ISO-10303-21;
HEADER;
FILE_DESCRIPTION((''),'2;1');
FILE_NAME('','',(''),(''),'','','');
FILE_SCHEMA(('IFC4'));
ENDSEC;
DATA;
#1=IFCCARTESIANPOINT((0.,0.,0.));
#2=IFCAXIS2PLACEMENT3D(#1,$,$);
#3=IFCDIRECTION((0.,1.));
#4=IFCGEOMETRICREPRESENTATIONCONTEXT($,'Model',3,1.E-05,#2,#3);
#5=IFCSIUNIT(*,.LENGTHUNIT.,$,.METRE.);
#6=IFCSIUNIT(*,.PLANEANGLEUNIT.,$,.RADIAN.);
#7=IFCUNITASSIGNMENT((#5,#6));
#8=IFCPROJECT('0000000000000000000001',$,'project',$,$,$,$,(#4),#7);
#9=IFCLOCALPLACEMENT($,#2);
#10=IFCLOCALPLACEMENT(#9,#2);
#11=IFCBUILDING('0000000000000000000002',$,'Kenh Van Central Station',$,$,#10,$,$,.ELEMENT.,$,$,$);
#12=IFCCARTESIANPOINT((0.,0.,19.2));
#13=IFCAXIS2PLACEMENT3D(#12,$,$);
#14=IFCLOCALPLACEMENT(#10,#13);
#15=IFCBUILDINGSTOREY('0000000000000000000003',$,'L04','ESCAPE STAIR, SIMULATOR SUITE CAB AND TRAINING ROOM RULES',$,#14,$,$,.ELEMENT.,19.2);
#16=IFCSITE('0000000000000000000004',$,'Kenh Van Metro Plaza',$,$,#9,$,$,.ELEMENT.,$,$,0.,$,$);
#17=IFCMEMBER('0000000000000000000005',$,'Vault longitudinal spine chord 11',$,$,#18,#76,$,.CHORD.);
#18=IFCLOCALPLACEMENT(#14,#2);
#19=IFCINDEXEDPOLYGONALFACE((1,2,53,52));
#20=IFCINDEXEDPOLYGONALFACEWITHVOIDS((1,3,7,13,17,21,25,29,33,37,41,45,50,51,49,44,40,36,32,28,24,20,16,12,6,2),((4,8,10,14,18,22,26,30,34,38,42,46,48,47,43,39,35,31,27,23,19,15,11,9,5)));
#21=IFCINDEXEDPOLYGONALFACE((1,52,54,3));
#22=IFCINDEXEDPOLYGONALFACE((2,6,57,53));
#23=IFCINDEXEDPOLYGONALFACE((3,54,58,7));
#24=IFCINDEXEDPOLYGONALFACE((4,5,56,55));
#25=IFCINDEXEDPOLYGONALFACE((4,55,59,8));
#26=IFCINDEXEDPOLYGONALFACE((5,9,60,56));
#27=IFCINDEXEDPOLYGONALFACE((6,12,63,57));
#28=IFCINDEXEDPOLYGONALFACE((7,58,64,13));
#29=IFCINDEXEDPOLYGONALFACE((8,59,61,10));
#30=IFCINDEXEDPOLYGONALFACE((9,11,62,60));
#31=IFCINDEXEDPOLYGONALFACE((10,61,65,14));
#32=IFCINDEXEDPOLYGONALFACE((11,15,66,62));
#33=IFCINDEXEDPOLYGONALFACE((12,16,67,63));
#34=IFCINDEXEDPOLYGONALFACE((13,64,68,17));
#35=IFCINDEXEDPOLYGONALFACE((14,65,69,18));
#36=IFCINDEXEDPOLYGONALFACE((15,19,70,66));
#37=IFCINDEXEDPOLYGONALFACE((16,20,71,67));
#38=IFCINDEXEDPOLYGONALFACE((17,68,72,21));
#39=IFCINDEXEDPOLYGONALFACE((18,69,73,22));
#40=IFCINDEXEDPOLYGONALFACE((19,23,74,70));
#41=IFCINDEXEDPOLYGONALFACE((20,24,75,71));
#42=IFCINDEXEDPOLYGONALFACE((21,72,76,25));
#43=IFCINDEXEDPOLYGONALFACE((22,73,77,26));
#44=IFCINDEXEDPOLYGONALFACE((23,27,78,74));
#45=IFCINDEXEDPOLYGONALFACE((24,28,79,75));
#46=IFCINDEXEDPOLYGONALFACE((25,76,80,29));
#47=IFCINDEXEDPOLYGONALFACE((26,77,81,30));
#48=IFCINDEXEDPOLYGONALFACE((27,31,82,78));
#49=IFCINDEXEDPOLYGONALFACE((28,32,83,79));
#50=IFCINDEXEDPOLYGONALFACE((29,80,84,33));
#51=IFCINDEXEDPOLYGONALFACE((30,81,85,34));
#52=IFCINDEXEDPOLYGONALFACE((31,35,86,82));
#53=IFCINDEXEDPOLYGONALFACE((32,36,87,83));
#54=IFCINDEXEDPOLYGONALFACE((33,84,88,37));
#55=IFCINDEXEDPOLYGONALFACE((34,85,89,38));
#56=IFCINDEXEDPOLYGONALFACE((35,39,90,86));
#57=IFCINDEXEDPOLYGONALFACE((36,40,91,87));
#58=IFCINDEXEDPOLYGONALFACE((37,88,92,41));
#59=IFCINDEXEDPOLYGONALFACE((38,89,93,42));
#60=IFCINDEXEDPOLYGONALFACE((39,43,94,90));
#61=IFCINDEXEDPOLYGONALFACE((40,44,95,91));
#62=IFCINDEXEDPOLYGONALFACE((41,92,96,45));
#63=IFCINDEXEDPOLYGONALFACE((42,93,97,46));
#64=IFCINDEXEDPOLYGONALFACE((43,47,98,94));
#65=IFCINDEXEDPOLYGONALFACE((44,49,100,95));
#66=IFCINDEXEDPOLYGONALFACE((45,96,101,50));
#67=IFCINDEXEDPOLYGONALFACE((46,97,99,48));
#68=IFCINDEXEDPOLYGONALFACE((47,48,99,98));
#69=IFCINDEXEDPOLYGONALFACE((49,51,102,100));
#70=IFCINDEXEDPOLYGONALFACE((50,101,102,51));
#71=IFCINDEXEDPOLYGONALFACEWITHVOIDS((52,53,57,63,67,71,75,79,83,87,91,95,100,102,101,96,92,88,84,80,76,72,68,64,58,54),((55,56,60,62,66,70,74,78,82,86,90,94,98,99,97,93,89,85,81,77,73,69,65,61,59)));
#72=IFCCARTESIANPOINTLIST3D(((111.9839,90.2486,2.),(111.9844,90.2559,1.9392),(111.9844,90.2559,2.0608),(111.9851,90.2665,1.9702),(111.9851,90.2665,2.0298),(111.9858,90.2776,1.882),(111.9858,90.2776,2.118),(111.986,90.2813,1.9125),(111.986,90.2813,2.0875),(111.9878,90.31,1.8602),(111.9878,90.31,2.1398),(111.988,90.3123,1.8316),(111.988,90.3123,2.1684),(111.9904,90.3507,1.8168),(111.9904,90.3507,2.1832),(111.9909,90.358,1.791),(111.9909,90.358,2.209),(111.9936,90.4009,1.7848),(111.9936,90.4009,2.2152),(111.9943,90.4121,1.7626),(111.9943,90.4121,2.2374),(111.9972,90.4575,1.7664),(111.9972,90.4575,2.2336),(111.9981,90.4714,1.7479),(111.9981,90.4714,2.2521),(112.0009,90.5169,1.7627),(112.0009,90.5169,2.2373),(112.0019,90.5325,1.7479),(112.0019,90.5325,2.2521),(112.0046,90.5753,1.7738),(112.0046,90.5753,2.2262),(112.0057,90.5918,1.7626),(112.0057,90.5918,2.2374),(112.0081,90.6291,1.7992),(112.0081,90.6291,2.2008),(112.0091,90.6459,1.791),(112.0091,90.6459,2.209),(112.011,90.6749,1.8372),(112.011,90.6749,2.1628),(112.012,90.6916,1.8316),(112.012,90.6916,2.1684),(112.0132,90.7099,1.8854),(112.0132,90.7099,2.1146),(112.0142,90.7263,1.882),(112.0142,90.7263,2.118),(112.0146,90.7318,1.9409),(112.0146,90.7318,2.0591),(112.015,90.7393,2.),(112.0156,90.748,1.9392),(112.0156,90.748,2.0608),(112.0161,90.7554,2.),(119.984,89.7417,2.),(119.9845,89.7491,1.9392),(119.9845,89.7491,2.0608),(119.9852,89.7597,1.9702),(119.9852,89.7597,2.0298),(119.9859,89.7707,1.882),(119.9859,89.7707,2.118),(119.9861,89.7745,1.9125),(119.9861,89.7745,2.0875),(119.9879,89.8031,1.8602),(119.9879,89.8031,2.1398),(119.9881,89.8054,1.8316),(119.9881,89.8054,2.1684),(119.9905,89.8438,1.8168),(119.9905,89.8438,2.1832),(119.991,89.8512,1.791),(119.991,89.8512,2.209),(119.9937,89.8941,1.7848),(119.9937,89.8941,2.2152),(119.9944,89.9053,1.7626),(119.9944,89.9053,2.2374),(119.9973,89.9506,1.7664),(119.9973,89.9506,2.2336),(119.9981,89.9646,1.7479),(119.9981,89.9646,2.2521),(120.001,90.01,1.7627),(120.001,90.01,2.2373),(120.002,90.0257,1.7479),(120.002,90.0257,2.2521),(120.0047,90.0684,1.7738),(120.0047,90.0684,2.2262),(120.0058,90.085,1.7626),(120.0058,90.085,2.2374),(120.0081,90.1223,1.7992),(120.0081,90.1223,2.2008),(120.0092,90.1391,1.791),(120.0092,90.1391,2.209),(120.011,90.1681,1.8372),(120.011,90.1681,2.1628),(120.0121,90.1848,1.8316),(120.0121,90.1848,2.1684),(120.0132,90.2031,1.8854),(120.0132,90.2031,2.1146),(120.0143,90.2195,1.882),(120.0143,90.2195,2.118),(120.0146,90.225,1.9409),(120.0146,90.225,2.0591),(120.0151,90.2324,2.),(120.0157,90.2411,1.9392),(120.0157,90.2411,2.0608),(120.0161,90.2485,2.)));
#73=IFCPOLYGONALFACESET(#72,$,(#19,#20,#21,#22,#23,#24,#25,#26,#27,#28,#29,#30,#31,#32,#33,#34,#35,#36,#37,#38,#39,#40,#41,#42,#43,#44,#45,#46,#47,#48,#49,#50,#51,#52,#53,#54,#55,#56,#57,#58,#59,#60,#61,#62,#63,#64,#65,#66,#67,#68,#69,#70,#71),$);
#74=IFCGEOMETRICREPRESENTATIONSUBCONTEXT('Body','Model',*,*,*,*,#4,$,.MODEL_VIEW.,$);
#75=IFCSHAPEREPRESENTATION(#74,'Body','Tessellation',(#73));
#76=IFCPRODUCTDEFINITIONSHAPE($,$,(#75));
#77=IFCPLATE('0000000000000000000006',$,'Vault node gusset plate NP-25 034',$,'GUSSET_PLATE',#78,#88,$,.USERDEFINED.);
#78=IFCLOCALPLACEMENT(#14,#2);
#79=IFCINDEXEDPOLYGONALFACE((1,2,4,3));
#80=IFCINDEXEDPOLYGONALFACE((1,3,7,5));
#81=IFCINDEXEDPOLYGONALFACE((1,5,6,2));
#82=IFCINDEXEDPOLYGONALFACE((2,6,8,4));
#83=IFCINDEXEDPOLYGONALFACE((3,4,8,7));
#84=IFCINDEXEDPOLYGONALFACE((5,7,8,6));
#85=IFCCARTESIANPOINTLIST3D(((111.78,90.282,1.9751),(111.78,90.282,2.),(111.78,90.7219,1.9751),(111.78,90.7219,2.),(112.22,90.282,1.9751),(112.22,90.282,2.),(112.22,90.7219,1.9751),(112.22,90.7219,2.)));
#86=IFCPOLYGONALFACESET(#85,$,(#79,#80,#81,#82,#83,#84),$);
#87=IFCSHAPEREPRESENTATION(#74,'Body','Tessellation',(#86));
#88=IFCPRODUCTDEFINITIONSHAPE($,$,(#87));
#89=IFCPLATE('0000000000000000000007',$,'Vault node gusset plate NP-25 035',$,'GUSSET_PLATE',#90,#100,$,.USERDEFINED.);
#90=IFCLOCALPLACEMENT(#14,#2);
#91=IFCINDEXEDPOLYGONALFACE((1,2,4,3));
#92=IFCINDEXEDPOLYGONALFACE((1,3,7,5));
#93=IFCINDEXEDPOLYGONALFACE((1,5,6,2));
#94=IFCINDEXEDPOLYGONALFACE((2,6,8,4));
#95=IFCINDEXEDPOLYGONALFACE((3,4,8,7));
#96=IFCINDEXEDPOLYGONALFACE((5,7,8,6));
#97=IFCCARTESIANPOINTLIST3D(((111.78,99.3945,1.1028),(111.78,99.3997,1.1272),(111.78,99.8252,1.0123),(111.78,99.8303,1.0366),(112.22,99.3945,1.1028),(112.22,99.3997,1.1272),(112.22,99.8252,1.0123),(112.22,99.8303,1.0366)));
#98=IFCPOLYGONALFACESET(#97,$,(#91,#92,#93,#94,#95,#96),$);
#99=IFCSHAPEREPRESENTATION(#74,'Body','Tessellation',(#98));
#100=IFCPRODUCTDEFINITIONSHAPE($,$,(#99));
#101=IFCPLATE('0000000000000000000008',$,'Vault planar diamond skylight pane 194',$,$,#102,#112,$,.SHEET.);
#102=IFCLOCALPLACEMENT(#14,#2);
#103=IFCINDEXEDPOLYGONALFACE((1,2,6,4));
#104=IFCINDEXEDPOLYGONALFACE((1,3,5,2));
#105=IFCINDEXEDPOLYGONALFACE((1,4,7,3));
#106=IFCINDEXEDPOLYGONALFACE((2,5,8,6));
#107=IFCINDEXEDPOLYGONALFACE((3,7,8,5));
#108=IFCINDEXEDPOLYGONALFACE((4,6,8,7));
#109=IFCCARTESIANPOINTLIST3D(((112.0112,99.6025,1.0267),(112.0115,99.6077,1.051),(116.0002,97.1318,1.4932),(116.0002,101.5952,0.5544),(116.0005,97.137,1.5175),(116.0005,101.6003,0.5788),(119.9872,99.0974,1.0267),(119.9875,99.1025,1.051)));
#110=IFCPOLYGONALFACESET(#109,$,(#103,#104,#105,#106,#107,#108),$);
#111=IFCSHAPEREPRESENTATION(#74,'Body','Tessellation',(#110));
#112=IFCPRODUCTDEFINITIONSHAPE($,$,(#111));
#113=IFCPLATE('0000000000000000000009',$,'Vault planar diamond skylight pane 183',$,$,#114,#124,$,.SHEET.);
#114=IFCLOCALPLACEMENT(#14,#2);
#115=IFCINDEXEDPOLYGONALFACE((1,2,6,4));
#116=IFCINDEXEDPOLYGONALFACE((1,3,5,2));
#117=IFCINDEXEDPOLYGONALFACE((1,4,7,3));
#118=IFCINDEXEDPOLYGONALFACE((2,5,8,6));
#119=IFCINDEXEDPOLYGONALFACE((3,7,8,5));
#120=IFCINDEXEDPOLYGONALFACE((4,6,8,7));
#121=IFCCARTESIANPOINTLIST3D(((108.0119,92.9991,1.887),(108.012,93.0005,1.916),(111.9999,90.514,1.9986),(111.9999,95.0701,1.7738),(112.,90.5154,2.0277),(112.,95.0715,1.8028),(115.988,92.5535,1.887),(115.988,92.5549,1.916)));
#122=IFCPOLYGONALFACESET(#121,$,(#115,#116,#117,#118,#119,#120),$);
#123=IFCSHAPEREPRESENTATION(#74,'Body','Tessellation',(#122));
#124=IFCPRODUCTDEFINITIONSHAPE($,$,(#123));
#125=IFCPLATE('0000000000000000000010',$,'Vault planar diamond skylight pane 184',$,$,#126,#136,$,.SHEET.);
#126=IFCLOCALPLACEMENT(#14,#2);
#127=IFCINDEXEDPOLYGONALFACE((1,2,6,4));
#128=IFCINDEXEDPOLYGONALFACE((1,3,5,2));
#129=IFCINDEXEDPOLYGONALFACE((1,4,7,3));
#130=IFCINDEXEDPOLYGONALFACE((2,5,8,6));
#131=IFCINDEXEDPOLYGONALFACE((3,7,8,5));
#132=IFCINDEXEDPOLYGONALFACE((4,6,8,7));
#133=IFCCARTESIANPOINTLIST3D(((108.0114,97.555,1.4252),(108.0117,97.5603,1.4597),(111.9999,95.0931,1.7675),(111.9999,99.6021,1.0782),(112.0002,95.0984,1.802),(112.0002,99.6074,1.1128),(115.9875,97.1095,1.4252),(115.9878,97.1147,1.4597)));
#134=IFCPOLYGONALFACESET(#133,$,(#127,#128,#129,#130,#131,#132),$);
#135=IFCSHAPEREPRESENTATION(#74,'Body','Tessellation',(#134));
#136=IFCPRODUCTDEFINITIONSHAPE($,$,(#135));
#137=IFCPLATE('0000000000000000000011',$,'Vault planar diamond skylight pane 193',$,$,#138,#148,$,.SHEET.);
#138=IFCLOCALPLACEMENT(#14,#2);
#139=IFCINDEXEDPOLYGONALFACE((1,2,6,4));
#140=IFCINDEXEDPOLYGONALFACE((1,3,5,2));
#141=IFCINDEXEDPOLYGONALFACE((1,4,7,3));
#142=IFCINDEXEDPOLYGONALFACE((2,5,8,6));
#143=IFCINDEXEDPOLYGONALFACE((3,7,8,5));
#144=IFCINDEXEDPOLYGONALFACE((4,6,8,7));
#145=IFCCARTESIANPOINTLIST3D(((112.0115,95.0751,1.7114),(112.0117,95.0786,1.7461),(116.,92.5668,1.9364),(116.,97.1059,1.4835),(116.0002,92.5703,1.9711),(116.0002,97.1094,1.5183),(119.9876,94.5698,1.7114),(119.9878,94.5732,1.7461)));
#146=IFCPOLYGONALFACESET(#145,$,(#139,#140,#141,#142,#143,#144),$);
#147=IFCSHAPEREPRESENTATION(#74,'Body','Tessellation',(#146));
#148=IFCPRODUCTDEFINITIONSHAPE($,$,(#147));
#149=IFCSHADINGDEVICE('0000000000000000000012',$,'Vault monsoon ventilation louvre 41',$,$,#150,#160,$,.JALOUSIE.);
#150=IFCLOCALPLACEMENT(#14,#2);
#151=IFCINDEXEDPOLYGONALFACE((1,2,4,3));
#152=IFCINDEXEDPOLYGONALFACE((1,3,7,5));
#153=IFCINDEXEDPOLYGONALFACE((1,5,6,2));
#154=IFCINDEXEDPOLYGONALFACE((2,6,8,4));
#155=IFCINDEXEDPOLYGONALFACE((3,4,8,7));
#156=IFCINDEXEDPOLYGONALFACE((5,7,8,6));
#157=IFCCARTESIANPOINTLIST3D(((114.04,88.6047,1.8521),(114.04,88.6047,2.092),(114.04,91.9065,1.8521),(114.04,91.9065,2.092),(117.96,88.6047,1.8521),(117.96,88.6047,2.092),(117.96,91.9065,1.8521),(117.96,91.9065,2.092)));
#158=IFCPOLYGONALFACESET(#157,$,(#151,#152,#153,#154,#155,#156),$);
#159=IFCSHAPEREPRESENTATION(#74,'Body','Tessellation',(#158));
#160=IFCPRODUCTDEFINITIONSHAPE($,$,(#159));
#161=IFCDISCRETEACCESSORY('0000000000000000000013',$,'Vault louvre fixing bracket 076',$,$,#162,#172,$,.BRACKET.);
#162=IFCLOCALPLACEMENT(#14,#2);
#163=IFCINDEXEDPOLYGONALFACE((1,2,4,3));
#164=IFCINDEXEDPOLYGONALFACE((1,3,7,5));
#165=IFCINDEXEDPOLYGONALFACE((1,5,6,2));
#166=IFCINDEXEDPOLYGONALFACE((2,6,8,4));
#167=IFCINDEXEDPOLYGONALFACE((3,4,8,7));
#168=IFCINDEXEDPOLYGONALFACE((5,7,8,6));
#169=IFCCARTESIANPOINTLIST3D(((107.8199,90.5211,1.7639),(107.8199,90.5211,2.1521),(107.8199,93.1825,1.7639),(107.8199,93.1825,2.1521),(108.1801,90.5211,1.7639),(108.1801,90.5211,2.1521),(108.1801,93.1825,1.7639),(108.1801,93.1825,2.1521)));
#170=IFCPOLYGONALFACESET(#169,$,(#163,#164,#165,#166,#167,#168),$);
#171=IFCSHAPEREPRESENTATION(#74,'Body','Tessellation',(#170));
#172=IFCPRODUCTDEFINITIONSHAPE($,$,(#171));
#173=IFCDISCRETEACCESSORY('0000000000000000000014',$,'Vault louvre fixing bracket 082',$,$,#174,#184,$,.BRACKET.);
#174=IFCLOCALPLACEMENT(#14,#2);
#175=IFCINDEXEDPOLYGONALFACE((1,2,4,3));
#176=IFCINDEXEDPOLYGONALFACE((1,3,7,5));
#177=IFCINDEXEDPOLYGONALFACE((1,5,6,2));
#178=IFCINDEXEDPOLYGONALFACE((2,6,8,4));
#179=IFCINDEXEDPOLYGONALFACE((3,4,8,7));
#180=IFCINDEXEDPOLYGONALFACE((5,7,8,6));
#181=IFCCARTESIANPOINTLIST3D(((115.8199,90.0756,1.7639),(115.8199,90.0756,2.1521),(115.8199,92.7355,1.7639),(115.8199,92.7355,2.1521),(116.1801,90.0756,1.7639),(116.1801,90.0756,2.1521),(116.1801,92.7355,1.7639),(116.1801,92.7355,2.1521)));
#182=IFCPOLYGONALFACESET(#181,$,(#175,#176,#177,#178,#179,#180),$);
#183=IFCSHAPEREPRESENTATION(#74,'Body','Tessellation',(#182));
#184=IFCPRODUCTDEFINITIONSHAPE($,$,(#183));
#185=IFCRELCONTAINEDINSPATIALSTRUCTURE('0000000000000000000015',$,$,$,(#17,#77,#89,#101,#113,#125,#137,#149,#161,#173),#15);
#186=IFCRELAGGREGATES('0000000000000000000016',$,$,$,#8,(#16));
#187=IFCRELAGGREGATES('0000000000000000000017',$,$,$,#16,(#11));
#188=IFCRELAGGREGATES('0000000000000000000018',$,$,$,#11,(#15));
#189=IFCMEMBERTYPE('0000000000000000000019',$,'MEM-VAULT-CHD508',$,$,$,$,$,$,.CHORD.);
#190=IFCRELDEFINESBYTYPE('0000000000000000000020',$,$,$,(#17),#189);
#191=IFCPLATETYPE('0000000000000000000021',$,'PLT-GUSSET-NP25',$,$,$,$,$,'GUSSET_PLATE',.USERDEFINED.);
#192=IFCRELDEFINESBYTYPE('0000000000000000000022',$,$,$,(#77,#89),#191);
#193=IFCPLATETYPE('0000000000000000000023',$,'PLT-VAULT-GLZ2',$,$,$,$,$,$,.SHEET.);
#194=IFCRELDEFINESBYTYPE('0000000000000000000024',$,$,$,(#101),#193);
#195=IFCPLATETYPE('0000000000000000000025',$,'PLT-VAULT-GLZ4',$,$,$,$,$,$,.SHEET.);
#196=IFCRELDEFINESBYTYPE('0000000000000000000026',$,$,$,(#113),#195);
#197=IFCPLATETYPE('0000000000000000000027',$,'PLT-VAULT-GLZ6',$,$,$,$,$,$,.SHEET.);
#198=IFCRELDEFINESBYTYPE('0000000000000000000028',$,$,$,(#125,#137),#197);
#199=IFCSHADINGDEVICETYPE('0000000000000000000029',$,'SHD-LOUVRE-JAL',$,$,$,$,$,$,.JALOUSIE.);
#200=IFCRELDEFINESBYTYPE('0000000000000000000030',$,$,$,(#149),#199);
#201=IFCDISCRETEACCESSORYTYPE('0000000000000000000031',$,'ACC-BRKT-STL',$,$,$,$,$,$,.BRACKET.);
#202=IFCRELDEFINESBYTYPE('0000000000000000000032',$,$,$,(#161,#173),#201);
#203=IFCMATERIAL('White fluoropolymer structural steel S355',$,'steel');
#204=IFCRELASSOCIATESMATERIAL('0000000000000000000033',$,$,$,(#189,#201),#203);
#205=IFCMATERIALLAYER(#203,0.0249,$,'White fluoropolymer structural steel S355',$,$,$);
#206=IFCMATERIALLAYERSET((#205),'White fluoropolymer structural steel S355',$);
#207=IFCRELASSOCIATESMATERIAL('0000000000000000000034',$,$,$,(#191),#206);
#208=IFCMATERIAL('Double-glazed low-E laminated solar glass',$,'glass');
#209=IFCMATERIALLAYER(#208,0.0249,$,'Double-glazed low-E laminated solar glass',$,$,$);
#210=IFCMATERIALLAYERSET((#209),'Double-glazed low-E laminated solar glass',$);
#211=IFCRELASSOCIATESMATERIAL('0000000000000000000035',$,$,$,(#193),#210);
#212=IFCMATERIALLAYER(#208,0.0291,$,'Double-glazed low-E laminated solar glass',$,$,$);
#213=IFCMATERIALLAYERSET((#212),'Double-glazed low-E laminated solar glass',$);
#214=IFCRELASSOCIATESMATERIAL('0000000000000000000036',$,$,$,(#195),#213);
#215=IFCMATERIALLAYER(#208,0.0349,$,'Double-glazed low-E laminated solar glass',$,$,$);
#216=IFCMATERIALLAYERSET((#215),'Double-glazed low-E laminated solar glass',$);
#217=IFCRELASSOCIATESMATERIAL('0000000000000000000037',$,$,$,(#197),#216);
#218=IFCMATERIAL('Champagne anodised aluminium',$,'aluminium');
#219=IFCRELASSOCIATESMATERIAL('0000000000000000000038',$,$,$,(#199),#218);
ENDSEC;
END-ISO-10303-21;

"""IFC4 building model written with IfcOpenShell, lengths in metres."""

from ifc_helpers import new_model, si_unit, direction, frame, origin, origin_2d, place, context, subcontext, project, spatial, polyline, rectangle, hollow_circle, outline, extrude, material, layer, layer_set, material_profile, profile_set, type_object, element, save


model = new_model("IFC4")

# Units and contexts
model_context = context("Model", 3, precision=1e-05, world=origin(), true_north=direction((0.0, 1.0)))
body_context = subcontext(model_context, "Body", "Model", "MODEL_VIEW")
ifc_project = project(units=[si_unit("LENGTHUNIT", "METRE"), si_unit("PLANEANGLEUNIT", "RADIAN")], contexts=[model_context])

# Site, building, storey
site_placement = place(None, origin())
site = spatial("IfcSite", under=ifc_project, at=site_placement, Name="Kenh Van Metro Plaza", CompositionType="ELEMENT", RefElevation=0.0)
building_placement = place(site_placement, origin())
building = spatial("IfcBuilding", under=site, at=building_placement, Name="Kenh Van Central Station", CompositionType="ELEMENT")
storey_placement = place(building_placement, frame((0.0, 0.0, 19.2)))
storey = spatial("IfcBuildingStorey", under=building, at=storey_placement, Name="L04", Description="ESCAPE STAIR, SIMULATOR SUITE CAB AND TRAINING ROOM RULES", CompositionType="ELEMENT", Elevation=19.2)

# Shared definitions
ifc_material_1 = material(Name="White fluoropolymer structural steel S355", Category="steel")

# Member
ifc_material_profile_1 = material_profile(ifc_material_1, hollow_circle(Radius=0.2539, WallThickness=0.0161, at=origin_2d()), Name="CHS 508x16")
ifc_profile_set_1 = profile_set([ifc_material_profile_1], Name="White fluoropolymer structural steel S355")
member_type_1 = type_object("IfcMemberType", Name="MEM-VAULT-CHD508", PredefinedType="CHORD", material=ifc_profile_set_1)
member_1_placement = place(storey_placement, frame((112.0, 90.502, 2.0), z_axis=(0.997999, -0.063228, 0.0), x_axis=(0.063228, 0.997999, 0.0)))
element("IfcMember", 1, at=member_1_placement, inside=storey, type_object=member_type_1, Name="Vault longitudinal spine chord 11", PredefinedType="CHORD", context=body_context, shape_type="SweptSolid", body=[
    extrude(hollow_circle(Radius=0.2539, WallThickness=0.0161, at=origin_2d()), origin(), (0.0, 0.0, 1.0), 8.0161),
])

# Plates
ifc_layer_1 = layer(ifc_material_1, 0.0249, Name="White fluoropolymer structural steel S355")
ifc_layer_set_1 = layer_set([ifc_layer_1], Name="White fluoropolymer structural steel S355")
plate_type_1 = type_object("IfcPlateType", Name="PLT-GUSSET-NP25", ElementType="GUSSET_PLATE", PredefinedType="USERDEFINED", material=ifc_layer_set_1)
plate_1_placement = place(storey_placement, frame((111.78, 90.282, 2.0), z_axis=(0.0, 0.0, 1.0), x_axis=(1.0, 0.0, 0.0)))
element("IfcPlate", 2, at=plate_1_placement, inside=storey, type_object=plate_type_1, Name="Vault node gusset plate NP-25 034", ObjectType="GUSSET_PLATE", PredefinedType="USERDEFINED", context=body_context, shape_type="SweptSolid", body=[
    extrude(outline(polyline([(0.0, 0.0), (0.4399, 0.0), (0.4399, 0.4399), (0.0, 0.4399), (0.0, 0.0)])), origin(), (0.0, 0.0, -1.0), 0.0249),
])
plate_2_placement = place(storey_placement, frame((111.78, 99.3997, 1.1272), z_axis=(0.0, 0.205815, 0.978591), x_axis=(1.0, 0.0, 0.0)))
element("IfcPlate", 3, at=plate_2_placement, inside=storey, type_object=plate_type_1, Name="Vault node gusset plate NP-25 035", ObjectType="GUSSET_PLATE", PredefinedType="USERDEFINED", context=body_context, shape_type="SweptSolid", body=[
    extrude(outline(polyline([(0.0, 0.0), (0.4399, 0.0), (0.4399, 0.4401), (0.0, 0.4401), (0.0, 0.0)])), origin(), (0.0, 0.0, -1.0), 0.0249),
])
ifc_material_2 = material(Name="Double-glazed low-E laminated solar glass", Category="glass")
ifc_layer_2 = layer(ifc_material_2, 0.0249, Name="Double-glazed low-E laminated solar glass")
ifc_layer_set_2 = layer_set([ifc_layer_2], Name="Double-glazed low-E laminated solar glass")
plate_type_2 = type_object("IfcPlateType", Name="PLT-VAULT-GLZ2", PredefinedType="SHEET", material=ifc_layer_set_2)
plate_3_placement = place(storey_placement, frame((112.0115, 99.6077, 1.051), z_axis=(0.013033, 0.205796, 0.978508), x_axis=(0.845968, -0.523976, 0.098933)))
element("IfcPlate", 4, at=plate_3_placement, inside=storey, type_object=plate_type_2, Name="Vault planar diamond skylight pane 194", PredefinedType="SHEET", context=body_context, shape_type="SweptSolid", body=[
    extrude(outline(polyline([(0.0, 0.0), (4.7153, 0.0), (7.0122, 3.8344), (2.2838, 3.8588), (0.0, 0.0)])), origin(), (0.0, 0.0, -1.0), 0.0249),
])
ifc_layer_3 = layer(ifc_material_2, 0.0291, Name="Double-glazed low-E laminated solar glass")
ifc_layer_set_3 = layer_set([ifc_layer_3], Name="Double-glazed low-E laminated solar glass")
plate_type_3 = type_object("IfcPlateType", Name="PLT-VAULT-GLZ4", PredefinedType="SHEET", material=ifc_layer_set_3)
plate_4_placement = place(storey_placement, frame((108.012, 93.0005, 1.916), z_axis=(0.002754, 0.049291, 0.998781), x_axis=(0.848468, -0.528714, 0.023754)))
element("IfcPlate", 5, at=plate_4_placement, inside=storey, type_object=plate_type_3, Name="Vault planar diamond skylight pane 183", PredefinedType="SHEET", context=body_context, shape_type="SweptSolid", body=[
    extrude(outline(polyline([(0.0, 0.0), (4.7003, 0.0), (7.003, 3.8437), (2.286, 3.8705), (0.0, 0.0)])), origin(), (0.0, 0.0, -1.0), 0.0291),
])
ifc_layer_4 = layer(ifc_material_2, 0.0349, Name="Double-glazed low-E laminated solar glass")
ifc_layer_set_4 = layer_set([ifc_layer_4], Name="Double-glazed low-E laminated solar glass")
plate_type_4 = type_object("IfcPlateType", Name="PLT-VAULT-GLZ6", PredefinedType="SHEET", material=ifc_layer_set_4)
plate_5_placement = place(storey_placement, frame((108.0117, 97.5603, 1.4597), z_axis=(0.00844, 0.15109, 0.988484), x_axis=(0.848689, -0.523854, 0.072825)))
element("IfcPlate", 6, at=plate_5_placement, inside=storey, type_object=plate_type_4, Name="Vault planar diamond skylight pane 184", PredefinedType="SHEET", context=body_context, shape_type="SweptSolid", body=[
    extrude(outline(polyline([(0.0, 0.0), (4.6996, 0.0), (7.0026, 3.8444), (2.2874, 3.8714), (0.0, 0.0)])), origin(), (0.0, 0.0, -1.0), 0.0349),
])
plate_6_placement = place(storey_placement, frame((112.0117, 95.0786, 1.7461), z_axis=(0.00629, 0.099279, 0.99504), x_axis=(0.845555, -0.531753, 0.04771)))
element("IfcPlate", 7, at=plate_6_placement, inside=storey, type_object=plate_type_4, Name="Vault planar diamond skylight pane 193", PredefinedType="SHEET", context=body_context, shape_type="SweptSolid", body=[
    extrude(outline(polyline([(0.0, 0.0), (4.7171, 0.0), (7.0129, 3.833), (2.2818, 3.8572), (0.0, 0.0)])), origin(), (0.0, 0.0, -1.0), 0.0349),
])

# Shading device
ifc_material_3 = material(Name="Champagne anodised aluminium", Category="aluminium")
shading_device_type = type_object("IfcShadingDeviceType", Name="SHD-LOUVRE-JAL", PredefinedType="JALOUSIE", material=ifc_material_3)
shading_device_placement = place(storey_placement, frame((116.0, 90.2556, 1.8521), z_axis=(0.0, 0.0, 1.0), x_axis=(1.0, 0.0, 0.0)))
element("IfcShadingDevice", 8, at=shading_device_placement, inside=storey, type_object=shading_device_type, Name="Vault monsoon ventilation louvre 41", PredefinedType="JALOUSIE", context=body_context, shape_type="SweptSolid", body=[
    extrude(rectangle(XDim=3.9199, YDim=3.3018, at=origin_2d()), origin(), (0.0, 0.0, 1.0), 0.24),
])

# Discrete accessories
discrete_accessory_type_1 = type_object("IfcDiscreteAccessoryType", Name="ACC-BRKT-STL", PredefinedType="BRACKET", material=ifc_material_1)
discrete_accessory_1_placement = place(storey_placement, frame((108.0, 91.8518, 1.7639), z_axis=(0.0, 0.0, 1.0), x_axis=(1.0, 0.0, 0.0)))
element("IfcDiscreteAccessory", 9, at=discrete_accessory_1_placement, inside=storey, type_object=discrete_accessory_type_1, Name="Vault louvre fixing bracket 076", PredefinedType="BRACKET", context=body_context, shape_type="SweptSolid", body=[
    extrude(rectangle(XDim=0.3601, YDim=2.6614, at=origin_2d()), origin(), (0.0, 0.0, 1.0), 0.3882),
])
discrete_accessory_2_placement = place(storey_placement, frame((116.0, 91.4055, 1.7639), z_axis=(0.0, 0.0, 1.0), x_axis=(1.0, 0.0, 0.0)))
element("IfcDiscreteAccessory", 10, at=discrete_accessory_2_placement, inside=storey, type_object=discrete_accessory_type_1, Name="Vault louvre fixing bracket 082", PredefinedType="BRACKET", context=body_context, shape_type="SweptSolid", body=[
    extrude(rectangle(XDim=0.3601, YDim=2.6599, at=origin_2d()), origin(), (0.0, 0.0, 1.0), 0.3882),
])

save(model, "model.ifc")
